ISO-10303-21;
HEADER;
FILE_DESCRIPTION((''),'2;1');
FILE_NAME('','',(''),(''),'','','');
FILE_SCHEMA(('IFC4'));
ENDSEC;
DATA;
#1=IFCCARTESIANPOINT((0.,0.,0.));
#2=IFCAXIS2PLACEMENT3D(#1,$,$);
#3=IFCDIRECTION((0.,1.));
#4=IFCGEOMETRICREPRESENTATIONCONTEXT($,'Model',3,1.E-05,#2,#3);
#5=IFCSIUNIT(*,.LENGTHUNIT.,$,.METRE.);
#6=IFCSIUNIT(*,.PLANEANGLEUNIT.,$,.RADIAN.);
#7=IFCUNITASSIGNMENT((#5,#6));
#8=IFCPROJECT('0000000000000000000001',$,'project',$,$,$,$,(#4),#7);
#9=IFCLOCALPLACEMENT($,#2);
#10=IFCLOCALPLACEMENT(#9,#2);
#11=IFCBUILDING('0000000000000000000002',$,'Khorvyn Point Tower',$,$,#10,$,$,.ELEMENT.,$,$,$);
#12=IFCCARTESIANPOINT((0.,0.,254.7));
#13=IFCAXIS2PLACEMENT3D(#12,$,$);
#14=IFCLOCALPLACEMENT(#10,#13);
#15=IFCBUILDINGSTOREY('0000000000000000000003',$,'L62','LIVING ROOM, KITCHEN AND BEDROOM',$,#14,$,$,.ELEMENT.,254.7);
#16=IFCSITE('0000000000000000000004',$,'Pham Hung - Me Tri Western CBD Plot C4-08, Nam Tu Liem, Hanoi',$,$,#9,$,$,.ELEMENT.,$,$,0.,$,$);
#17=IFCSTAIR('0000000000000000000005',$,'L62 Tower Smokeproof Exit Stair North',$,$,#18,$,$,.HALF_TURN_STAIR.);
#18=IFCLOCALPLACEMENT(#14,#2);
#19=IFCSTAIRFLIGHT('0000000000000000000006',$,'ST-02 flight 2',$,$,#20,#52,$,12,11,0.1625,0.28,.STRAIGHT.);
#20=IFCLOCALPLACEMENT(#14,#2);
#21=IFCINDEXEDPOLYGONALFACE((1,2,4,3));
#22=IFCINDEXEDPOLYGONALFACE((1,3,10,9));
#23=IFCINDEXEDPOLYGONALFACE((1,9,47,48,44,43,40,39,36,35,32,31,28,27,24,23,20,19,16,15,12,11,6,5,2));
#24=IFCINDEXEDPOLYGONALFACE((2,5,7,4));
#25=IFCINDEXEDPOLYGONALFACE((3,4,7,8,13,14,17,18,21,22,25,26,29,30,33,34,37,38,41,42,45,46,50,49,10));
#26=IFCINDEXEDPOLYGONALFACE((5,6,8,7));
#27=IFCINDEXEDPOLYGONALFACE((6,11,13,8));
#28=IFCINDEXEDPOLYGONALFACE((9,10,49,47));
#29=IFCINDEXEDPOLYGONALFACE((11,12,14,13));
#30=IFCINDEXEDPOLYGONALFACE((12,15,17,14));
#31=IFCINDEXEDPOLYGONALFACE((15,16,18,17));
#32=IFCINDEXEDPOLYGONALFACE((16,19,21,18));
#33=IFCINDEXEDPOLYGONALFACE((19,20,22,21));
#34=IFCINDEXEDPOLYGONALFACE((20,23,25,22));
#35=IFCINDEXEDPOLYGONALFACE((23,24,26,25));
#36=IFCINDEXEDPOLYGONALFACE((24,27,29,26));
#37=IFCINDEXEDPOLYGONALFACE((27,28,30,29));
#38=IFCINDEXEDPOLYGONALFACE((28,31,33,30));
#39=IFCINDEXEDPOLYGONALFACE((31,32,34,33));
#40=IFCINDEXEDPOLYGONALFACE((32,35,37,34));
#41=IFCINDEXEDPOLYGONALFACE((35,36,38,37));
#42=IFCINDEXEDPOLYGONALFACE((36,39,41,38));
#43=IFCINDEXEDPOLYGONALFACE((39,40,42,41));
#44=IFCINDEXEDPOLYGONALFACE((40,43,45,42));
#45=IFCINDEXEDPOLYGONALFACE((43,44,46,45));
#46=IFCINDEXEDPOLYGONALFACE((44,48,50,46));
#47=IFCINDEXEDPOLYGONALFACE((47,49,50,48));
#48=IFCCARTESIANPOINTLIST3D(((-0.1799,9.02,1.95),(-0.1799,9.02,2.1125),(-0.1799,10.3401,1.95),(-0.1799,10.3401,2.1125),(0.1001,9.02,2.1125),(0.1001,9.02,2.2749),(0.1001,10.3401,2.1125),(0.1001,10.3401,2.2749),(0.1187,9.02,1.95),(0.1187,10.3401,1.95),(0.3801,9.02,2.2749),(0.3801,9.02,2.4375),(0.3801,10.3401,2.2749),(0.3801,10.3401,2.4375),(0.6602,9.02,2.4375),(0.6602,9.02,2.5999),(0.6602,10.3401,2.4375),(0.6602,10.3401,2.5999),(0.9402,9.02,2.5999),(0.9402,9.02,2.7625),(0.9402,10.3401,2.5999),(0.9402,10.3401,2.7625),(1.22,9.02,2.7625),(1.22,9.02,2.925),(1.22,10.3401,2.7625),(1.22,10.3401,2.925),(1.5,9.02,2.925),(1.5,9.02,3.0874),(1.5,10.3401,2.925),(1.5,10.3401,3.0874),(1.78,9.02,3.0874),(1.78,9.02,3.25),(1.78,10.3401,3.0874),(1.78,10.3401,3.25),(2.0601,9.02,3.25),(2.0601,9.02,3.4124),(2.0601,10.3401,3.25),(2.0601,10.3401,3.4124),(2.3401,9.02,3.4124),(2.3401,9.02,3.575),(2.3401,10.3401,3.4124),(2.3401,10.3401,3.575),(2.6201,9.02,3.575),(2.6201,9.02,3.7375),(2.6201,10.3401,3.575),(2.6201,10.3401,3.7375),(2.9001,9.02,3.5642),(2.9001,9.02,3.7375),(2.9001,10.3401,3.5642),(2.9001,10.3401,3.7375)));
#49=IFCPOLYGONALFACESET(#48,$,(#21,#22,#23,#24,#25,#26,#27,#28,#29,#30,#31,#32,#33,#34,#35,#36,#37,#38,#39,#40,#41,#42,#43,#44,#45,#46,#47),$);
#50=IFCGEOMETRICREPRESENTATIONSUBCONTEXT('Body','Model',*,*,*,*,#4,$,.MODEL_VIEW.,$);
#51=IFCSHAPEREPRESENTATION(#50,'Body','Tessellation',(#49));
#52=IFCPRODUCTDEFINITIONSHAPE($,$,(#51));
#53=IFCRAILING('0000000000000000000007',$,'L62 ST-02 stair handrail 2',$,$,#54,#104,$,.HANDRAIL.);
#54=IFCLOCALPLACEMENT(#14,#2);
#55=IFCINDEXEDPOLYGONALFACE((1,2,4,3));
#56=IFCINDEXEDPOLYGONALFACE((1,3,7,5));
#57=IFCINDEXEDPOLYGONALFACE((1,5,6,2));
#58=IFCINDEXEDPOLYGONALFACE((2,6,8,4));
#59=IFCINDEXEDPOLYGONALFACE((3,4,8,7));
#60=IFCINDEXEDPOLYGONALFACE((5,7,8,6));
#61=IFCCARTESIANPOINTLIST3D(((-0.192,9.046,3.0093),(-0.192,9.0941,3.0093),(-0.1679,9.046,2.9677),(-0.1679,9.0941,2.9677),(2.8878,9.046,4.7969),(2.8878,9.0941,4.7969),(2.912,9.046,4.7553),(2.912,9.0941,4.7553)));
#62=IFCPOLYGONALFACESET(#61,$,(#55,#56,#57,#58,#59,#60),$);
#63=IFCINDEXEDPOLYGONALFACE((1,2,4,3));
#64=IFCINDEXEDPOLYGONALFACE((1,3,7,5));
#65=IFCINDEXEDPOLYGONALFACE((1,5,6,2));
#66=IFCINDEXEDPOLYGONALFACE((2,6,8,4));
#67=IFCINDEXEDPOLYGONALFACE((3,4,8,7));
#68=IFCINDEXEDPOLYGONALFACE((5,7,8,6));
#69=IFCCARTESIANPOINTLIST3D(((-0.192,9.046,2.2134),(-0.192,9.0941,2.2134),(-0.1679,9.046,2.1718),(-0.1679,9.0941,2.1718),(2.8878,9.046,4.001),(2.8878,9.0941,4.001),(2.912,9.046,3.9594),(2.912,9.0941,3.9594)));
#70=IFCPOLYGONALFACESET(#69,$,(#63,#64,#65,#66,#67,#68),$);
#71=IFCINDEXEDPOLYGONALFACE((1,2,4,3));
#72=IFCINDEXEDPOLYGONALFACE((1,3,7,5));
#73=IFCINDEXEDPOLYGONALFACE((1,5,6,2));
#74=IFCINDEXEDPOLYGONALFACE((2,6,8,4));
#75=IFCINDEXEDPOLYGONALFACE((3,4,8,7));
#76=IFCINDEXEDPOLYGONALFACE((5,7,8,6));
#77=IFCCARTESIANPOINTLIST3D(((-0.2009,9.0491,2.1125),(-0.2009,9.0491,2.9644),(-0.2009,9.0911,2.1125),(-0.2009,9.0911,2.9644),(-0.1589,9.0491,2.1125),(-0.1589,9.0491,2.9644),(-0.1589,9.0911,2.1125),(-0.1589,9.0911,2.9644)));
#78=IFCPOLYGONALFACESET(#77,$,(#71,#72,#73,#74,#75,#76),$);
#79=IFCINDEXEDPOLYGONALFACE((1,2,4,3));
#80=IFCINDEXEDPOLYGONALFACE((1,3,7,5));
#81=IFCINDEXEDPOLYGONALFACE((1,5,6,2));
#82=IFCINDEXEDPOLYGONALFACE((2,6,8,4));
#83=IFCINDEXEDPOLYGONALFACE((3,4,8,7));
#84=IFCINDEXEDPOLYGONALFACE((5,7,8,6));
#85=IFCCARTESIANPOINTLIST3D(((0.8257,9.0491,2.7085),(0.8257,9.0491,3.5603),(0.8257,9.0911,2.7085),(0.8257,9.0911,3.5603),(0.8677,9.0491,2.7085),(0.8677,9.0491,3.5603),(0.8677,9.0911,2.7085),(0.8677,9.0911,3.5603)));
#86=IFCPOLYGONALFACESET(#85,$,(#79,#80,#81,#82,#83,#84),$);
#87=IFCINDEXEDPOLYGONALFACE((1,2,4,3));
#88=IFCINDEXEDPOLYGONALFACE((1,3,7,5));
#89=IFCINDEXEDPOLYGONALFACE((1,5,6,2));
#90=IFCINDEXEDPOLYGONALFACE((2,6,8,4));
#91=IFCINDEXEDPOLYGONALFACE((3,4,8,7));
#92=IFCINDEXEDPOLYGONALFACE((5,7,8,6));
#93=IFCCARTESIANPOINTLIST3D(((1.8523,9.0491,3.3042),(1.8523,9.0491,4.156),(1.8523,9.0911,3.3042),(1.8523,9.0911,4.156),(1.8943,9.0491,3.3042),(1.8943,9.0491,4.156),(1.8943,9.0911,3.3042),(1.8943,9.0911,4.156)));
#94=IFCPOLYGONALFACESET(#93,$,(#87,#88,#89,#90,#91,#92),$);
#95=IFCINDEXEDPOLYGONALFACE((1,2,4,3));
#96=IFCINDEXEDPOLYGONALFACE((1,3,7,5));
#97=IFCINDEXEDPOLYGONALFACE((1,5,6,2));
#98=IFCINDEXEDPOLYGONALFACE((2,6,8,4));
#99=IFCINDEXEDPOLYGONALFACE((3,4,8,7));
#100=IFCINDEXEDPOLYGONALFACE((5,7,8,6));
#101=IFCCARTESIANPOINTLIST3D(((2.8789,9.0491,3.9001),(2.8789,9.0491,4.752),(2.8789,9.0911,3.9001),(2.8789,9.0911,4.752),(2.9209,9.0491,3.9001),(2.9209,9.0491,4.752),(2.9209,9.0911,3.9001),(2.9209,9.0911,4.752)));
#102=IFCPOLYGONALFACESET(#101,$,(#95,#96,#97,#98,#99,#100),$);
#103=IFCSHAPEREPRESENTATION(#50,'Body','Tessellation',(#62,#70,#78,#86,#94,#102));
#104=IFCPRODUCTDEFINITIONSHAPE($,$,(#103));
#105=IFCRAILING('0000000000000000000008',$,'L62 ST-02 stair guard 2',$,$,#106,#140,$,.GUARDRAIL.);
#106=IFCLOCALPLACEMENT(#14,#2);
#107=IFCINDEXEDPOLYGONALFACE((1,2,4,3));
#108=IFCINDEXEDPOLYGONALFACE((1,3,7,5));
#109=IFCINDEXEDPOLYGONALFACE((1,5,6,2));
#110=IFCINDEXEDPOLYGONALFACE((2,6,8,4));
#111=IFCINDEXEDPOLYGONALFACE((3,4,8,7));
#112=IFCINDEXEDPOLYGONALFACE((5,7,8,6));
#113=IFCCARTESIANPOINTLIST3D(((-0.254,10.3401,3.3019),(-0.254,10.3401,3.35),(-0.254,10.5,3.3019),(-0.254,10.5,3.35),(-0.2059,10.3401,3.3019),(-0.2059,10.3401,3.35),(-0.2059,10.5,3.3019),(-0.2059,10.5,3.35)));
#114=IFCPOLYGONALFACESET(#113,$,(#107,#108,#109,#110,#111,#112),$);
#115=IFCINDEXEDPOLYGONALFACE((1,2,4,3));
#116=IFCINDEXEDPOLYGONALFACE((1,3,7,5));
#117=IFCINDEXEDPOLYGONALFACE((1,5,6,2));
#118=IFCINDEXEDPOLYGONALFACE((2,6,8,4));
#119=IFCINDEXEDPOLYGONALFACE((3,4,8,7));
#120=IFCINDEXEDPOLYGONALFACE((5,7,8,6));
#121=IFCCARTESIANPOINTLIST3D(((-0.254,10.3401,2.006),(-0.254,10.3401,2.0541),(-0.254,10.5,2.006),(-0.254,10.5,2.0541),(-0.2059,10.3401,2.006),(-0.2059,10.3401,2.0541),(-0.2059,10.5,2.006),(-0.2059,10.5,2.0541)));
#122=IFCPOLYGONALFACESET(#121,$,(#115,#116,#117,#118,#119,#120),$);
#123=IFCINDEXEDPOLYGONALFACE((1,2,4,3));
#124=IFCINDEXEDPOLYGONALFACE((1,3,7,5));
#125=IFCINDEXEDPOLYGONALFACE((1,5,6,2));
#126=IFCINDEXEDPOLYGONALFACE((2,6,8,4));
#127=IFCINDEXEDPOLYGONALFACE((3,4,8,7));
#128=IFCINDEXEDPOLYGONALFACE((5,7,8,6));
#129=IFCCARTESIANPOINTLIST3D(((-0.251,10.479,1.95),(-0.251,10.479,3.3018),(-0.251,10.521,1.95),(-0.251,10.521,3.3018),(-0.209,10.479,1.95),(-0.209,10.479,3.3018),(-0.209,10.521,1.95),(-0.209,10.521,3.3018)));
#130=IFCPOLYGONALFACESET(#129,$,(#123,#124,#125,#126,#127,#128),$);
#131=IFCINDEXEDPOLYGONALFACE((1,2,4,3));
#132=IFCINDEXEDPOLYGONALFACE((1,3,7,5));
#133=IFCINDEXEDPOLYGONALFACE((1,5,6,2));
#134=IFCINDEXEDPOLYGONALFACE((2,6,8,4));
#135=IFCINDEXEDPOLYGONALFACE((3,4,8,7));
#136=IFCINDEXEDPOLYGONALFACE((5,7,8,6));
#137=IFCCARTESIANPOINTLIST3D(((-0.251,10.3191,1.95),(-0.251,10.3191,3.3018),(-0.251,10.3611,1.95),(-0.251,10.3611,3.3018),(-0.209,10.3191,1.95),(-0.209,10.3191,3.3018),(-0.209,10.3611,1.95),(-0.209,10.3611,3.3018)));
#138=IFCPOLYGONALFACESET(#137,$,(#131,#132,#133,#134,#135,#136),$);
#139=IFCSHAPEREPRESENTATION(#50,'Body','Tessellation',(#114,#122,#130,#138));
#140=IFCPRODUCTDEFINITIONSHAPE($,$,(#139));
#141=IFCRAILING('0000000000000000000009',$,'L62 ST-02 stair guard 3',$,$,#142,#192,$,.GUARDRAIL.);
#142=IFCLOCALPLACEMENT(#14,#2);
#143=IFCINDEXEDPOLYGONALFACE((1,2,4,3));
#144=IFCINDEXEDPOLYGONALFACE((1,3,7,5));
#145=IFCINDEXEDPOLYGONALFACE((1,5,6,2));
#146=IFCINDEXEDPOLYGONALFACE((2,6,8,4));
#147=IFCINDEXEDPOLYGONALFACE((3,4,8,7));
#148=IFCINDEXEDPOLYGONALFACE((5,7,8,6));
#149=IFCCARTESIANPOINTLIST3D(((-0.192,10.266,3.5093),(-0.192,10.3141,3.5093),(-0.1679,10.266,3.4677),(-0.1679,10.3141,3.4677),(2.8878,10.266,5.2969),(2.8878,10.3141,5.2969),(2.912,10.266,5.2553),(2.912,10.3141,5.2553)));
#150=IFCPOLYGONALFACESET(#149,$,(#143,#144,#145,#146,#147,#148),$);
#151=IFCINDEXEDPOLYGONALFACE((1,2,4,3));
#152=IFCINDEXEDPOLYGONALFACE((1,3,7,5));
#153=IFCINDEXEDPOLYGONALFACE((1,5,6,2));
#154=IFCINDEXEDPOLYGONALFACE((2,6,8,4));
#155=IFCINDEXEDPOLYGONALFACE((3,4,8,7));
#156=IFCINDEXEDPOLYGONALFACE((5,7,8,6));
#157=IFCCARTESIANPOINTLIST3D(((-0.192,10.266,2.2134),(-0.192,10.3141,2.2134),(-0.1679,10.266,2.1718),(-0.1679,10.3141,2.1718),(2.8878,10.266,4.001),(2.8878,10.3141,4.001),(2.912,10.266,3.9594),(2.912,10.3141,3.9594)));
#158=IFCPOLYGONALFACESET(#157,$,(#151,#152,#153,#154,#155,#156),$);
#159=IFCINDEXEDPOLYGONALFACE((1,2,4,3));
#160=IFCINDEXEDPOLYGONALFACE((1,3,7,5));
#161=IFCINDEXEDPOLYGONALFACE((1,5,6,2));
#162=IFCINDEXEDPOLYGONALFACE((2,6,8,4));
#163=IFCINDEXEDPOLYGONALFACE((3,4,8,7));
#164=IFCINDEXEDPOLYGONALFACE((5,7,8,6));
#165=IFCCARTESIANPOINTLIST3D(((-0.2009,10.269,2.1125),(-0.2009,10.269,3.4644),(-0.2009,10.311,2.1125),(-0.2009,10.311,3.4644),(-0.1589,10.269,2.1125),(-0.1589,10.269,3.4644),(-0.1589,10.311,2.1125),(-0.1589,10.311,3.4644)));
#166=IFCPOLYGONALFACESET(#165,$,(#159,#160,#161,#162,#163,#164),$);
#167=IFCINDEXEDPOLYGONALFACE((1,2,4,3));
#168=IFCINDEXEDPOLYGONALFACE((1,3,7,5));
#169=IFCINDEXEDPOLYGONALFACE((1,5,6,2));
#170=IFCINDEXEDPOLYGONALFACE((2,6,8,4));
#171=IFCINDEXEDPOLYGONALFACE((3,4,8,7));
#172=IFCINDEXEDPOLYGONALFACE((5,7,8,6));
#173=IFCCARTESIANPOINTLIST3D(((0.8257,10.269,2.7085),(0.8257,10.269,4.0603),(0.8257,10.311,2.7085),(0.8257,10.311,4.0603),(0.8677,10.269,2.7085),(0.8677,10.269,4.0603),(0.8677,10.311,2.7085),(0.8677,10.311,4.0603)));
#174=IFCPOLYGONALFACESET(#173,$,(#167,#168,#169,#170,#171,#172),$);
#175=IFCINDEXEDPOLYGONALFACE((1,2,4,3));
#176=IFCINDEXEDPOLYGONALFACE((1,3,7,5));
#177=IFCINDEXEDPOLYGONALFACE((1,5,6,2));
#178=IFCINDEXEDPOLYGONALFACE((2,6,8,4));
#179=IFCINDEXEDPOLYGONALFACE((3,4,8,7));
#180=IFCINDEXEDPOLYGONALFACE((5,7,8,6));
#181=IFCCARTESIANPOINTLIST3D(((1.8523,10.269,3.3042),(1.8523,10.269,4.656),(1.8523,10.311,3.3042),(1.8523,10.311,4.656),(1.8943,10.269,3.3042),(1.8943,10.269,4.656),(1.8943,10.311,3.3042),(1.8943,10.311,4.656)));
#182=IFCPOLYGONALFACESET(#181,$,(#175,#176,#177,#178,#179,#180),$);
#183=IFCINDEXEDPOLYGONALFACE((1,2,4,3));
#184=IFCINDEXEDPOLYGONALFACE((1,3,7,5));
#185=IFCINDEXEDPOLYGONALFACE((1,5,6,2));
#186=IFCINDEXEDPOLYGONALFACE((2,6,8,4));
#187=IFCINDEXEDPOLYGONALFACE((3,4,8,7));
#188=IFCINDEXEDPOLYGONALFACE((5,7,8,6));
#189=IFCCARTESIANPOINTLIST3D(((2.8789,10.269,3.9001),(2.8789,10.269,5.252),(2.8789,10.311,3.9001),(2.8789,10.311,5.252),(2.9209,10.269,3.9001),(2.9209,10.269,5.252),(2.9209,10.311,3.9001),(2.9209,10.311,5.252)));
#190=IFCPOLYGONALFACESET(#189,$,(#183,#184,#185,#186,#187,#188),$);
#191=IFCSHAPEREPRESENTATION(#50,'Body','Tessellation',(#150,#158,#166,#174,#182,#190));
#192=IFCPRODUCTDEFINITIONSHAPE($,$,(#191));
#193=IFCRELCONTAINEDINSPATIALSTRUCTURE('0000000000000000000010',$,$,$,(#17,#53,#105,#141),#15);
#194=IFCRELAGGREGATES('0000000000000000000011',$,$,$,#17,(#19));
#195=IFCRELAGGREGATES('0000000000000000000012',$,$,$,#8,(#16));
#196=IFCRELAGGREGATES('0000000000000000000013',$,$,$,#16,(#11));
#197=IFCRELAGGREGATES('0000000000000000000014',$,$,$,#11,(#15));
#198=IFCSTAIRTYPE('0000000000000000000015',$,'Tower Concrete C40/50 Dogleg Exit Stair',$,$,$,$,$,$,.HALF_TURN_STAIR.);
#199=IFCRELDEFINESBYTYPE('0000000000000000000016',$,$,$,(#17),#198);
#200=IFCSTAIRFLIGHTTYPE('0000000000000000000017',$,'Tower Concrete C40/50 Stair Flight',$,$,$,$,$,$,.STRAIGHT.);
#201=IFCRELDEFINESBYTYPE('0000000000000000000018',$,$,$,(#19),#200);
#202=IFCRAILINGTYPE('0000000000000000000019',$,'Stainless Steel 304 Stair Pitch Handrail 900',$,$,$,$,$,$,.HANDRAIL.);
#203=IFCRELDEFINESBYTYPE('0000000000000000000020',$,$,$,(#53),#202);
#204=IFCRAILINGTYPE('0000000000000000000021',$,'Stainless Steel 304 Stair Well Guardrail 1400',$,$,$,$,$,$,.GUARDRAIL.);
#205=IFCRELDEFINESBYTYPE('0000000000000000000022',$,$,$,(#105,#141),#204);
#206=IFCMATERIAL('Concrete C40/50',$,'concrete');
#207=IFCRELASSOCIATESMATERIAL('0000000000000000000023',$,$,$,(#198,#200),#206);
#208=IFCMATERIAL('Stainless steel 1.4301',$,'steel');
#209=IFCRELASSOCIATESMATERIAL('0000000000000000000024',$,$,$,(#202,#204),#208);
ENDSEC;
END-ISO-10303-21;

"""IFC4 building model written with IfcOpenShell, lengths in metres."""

from ifc_helpers import new_model, si_unit, direction, frame, origin, origin_2d, place, context, subcontext, project, spatial, polyline, rectangle, outline, extrude, material, type_object, element, aggregate, save


model = new_model("IFC4")

# Units and contexts
model_context = context("Model", 3, precision=1e-05, world=origin(), true_north=direction((0.0, 1.0)))
body_context = subcontext(model_context, "Body", "Model", "MODEL_VIEW")
ifc_project = project(units=[si_unit("LENGTHUNIT", "METRE"), si_unit("PLANEANGLEUNIT", "RADIAN")], contexts=[model_context])

# Site, building, storey
site_placement = place(None, origin())
site = spatial("IfcSite", under=ifc_project, at=site_placement, Name="Pham Hung - Me Tri Western CBD Plot C4-08, Nam Tu Liem, Hanoi", CompositionType="ELEMENT", RefElevation=0.0)
building_placement = place(site_placement, origin())
building = spatial("IfcBuilding", under=site, at=building_placement, Name="Khorvyn Point Tower", CompositionType="ELEMENT")
storey_placement = place(building_placement, frame((0.0, 0.0, 254.7)))
storey = spatial("IfcBuildingStorey", under=building, at=storey_placement, Name="L62", Description="LIVING ROOM, KITCHEN AND BEDROOM", CompositionType="ELEMENT", Elevation=254.7)

# Shared definitions
ifc_material_1 = material(Name="Concrete C40/50", Category="concrete")

# Stair, stair flight
stair_type = type_object("IfcStairType", Name="Tower Concrete C40/50 Dogleg Exit Stair", PredefinedType="HALF_TURN_STAIR", material=ifc_material_1)
stair_placement = place(storey_placement, origin())
stair = element("IfcStair", 1, at=stair_placement, inside=storey, type_object=stair_type, Name="L62 Tower Smokeproof Exit Stair North", PredefinedType="HALF_TURN_STAIR")
stair_flight_type = type_object("IfcStairFlightType", Name="Tower Concrete C40/50 Stair Flight", PredefinedType="STRAIGHT", material=ifc_material_1)
stair_flight_placement = place(storey_placement, frame((-0.1799, 9.6799, 1.95), z_axis=(0.0, 0.0, 1.0), x_axis=(1.0, 0.0, 0.0)))
stair_flight = element("IfcStairFlight", 2, at=stair_flight_placement, type_object=stair_flight_type, Name="ST-02 flight 2", NumberOfRisers=12, NumberOfTreads=11, PredefinedType="STRAIGHT", RiserHeight=0.1625, TreadLength=0.28, context=body_context, shape_type="SweptSolid", body=[
    extrude(outline(polyline([(0.0, 0.0), (0.0, 0.1626), (0.28, 0.1626), (0.28, 0.325), (0.5601, 0.325), (0.5601, 0.4875), (0.8401, 0.4875), (0.8401, 0.6499), (1.1201, 0.6499), (1.1201, 0.8125), (1.3999, 0.8125), (1.3999, 0.9751), (1.6799, 0.9751), (1.6799, 1.1375), (1.96, 1.1375), (1.96, 1.3), (2.24, 1.3), (2.24, 1.4624), (2.52, 1.4624), (2.52, 1.625), (2.8, 1.625), (2.8, 1.7876), (3.0801, 1.7876), (3.0801, 1.95), (3.0801, 1.6143), (0.2986, 0.0), (0.0, 0.0)])), frame((0.0, 0.6602, 0.0), z_axis=(0.0, -1.0, 0.0), x_axis=(1.0, 0.0, 0.0)), (0.0, 0.0, 1.0), 1.3201),
])
aggregate(stair, [stair_flight])

# Railings
ifc_material_2 = material(Name="Stainless steel 1.4301", Category="steel")
railing_type_1 = type_object("IfcRailingType", Name="Stainless Steel 304 Stair Pitch Handrail 900", PredefinedType="HANDRAIL", material=ifc_material_2)
railing_1_placement = place(storey_placement, frame((-0.1799, 9.0701, 2.1125)))
element("IfcRailing", 3, at=railing_1_placement, inside=storey, type_object=railing_type_1, Name="L62 ST-02 stair handrail 2", PredefinedType="HANDRAIL", context=body_context, shape_type="SweptSolid", body=[
    extrude(rectangle(XDim=0.0481, YDim=0.0481, at=origin_2d()), frame((0.0, 0.0, 0.876), z_axis=(0.864873, 0.0, 0.50199), x_axis=(0.0, 1.0, 0.0)), (0.0, 0.0, 1.0), 3.561),
    extrude(rectangle(XDim=0.0481, YDim=0.0481, at=origin_2d()), frame((0.0, 0.0, 0.0801), z_axis=(0.864873, 0.0, 0.50199), x_axis=(0.0, 1.0, 0.0)), (0.0, 0.0, 1.0), 3.561),
    extrude(rectangle(XDim=0.042, YDim=0.042, at=origin_2d()), origin(), (0.0, 0.0, 1.0), 0.8518),
    extrude(rectangle(XDim=0.042, YDim=0.042, at=origin_2d()), frame((1.0266, 0.0, 0.5959)), (0.0, 0.0, 1.0), 0.8518),
    extrude(rectangle(XDim=0.042, YDim=0.042, at=origin_2d()), frame((2.0532, 0.0, 1.1917)), (0.0, 0.0, 1.0), 0.8518),
    extrude(rectangle(XDim=0.042, YDim=0.042, at=origin_2d()), frame((3.0798, 0.0, 1.7876)), (0.0, 0.0, 1.0), 0.8518),
])
railing_type_2 = type_object("IfcRailingType", Name="Stainless Steel 304 Stair Well Guardrail 1400", PredefinedType="GUARDRAIL", material=ifc_material_2)
railing_2_placement = place(storey_placement, frame((-0.23, 10.5, 1.95)))
element("IfcRailing", 4, at=railing_2_placement, inside=storey, type_object=railing_type_2, Name="L62 ST-02 stair guard 2", PredefinedType="GUARDRAIL", context=body_context, shape_type="SweptSolid", body=[
    extrude(rectangle(XDim=0.0481, YDim=0.0481, at=origin_2d()), frame((0.0, 0.0, 1.376), z_axis=(0.0, -1.0, 0.0), x_axis=(1.0, 0.0, 0.0)), (0.0, 0.0, 1.0), 0.1599),
    extrude(rectangle(XDim=0.0481, YDim=0.0481, at=origin_2d()), frame((0.0, 0.0, 0.0801), z_axis=(0.0, -1.0, 0.0), x_axis=(1.0, 0.0, 0.0)), (0.0, 0.0, 1.0), 0.1599),
    extrude(rectangle(XDim=0.042, YDim=0.042, at=origin_2d()), origin(), (0.0, 0.0, 1.0), 1.3518),
    extrude(rectangle(XDim=0.042, YDim=0.042, at=origin_2d()), frame((0.0, -0.1599, 0.0)), (0.0, 0.0, 1.0), 1.3518),
])
railing_3_placement = place(storey_placement, frame((-0.1799, 10.29, 2.1125)))
element("IfcRailing", 5, at=railing_3_placement, inside=storey, type_object=railing_type_2, Name="L62 ST-02 stair guard 3", PredefinedType="GUARDRAIL", context=body_context, shape_type="SweptSolid", body=[
    extrude(rectangle(XDim=0.0481, YDim=0.0481, at=origin_2d()), frame((0.0, 0.0, 1.376), z_axis=(0.864873, 0.0, 0.50199), x_axis=(0.0, 1.0, 0.0)), (0.0, 0.0, 1.0), 3.561),
    extrude(rectangle(XDim=0.0481, YDim=0.0481, at=origin_2d()), frame((0.0, 0.0, 0.0801), z_axis=(0.864873, 0.0, 0.50199), x_axis=(0.0, 1.0, 0.0)), (0.0, 0.0, 1.0), 3.561),
    extrude(rectangle(XDim=0.042, YDim=0.042, at=origin_2d()), origin(), (0.0, 0.0, 1.0), 1.3518),
    extrude(rectangle(XDim=0.042, YDim=0.042, at=origin_2d()), frame((1.0266, 0.0, 0.5959)), (0.0, 0.0, 1.0), 1.3518),
    extrude(rectangle(XDim=0.042, YDim=0.042, at=origin_2d()), frame((2.0532, 0.0, 1.1917)), (0.0, 0.0, 1.0), 1.3518),
    extrude(rectangle(XDim=0.042, YDim=0.042, at=origin_2d()), frame((3.0798, 0.0, 1.7876)), (0.0, 0.0, 1.0), 1.3518),
])

save(model, "model.ifc")
